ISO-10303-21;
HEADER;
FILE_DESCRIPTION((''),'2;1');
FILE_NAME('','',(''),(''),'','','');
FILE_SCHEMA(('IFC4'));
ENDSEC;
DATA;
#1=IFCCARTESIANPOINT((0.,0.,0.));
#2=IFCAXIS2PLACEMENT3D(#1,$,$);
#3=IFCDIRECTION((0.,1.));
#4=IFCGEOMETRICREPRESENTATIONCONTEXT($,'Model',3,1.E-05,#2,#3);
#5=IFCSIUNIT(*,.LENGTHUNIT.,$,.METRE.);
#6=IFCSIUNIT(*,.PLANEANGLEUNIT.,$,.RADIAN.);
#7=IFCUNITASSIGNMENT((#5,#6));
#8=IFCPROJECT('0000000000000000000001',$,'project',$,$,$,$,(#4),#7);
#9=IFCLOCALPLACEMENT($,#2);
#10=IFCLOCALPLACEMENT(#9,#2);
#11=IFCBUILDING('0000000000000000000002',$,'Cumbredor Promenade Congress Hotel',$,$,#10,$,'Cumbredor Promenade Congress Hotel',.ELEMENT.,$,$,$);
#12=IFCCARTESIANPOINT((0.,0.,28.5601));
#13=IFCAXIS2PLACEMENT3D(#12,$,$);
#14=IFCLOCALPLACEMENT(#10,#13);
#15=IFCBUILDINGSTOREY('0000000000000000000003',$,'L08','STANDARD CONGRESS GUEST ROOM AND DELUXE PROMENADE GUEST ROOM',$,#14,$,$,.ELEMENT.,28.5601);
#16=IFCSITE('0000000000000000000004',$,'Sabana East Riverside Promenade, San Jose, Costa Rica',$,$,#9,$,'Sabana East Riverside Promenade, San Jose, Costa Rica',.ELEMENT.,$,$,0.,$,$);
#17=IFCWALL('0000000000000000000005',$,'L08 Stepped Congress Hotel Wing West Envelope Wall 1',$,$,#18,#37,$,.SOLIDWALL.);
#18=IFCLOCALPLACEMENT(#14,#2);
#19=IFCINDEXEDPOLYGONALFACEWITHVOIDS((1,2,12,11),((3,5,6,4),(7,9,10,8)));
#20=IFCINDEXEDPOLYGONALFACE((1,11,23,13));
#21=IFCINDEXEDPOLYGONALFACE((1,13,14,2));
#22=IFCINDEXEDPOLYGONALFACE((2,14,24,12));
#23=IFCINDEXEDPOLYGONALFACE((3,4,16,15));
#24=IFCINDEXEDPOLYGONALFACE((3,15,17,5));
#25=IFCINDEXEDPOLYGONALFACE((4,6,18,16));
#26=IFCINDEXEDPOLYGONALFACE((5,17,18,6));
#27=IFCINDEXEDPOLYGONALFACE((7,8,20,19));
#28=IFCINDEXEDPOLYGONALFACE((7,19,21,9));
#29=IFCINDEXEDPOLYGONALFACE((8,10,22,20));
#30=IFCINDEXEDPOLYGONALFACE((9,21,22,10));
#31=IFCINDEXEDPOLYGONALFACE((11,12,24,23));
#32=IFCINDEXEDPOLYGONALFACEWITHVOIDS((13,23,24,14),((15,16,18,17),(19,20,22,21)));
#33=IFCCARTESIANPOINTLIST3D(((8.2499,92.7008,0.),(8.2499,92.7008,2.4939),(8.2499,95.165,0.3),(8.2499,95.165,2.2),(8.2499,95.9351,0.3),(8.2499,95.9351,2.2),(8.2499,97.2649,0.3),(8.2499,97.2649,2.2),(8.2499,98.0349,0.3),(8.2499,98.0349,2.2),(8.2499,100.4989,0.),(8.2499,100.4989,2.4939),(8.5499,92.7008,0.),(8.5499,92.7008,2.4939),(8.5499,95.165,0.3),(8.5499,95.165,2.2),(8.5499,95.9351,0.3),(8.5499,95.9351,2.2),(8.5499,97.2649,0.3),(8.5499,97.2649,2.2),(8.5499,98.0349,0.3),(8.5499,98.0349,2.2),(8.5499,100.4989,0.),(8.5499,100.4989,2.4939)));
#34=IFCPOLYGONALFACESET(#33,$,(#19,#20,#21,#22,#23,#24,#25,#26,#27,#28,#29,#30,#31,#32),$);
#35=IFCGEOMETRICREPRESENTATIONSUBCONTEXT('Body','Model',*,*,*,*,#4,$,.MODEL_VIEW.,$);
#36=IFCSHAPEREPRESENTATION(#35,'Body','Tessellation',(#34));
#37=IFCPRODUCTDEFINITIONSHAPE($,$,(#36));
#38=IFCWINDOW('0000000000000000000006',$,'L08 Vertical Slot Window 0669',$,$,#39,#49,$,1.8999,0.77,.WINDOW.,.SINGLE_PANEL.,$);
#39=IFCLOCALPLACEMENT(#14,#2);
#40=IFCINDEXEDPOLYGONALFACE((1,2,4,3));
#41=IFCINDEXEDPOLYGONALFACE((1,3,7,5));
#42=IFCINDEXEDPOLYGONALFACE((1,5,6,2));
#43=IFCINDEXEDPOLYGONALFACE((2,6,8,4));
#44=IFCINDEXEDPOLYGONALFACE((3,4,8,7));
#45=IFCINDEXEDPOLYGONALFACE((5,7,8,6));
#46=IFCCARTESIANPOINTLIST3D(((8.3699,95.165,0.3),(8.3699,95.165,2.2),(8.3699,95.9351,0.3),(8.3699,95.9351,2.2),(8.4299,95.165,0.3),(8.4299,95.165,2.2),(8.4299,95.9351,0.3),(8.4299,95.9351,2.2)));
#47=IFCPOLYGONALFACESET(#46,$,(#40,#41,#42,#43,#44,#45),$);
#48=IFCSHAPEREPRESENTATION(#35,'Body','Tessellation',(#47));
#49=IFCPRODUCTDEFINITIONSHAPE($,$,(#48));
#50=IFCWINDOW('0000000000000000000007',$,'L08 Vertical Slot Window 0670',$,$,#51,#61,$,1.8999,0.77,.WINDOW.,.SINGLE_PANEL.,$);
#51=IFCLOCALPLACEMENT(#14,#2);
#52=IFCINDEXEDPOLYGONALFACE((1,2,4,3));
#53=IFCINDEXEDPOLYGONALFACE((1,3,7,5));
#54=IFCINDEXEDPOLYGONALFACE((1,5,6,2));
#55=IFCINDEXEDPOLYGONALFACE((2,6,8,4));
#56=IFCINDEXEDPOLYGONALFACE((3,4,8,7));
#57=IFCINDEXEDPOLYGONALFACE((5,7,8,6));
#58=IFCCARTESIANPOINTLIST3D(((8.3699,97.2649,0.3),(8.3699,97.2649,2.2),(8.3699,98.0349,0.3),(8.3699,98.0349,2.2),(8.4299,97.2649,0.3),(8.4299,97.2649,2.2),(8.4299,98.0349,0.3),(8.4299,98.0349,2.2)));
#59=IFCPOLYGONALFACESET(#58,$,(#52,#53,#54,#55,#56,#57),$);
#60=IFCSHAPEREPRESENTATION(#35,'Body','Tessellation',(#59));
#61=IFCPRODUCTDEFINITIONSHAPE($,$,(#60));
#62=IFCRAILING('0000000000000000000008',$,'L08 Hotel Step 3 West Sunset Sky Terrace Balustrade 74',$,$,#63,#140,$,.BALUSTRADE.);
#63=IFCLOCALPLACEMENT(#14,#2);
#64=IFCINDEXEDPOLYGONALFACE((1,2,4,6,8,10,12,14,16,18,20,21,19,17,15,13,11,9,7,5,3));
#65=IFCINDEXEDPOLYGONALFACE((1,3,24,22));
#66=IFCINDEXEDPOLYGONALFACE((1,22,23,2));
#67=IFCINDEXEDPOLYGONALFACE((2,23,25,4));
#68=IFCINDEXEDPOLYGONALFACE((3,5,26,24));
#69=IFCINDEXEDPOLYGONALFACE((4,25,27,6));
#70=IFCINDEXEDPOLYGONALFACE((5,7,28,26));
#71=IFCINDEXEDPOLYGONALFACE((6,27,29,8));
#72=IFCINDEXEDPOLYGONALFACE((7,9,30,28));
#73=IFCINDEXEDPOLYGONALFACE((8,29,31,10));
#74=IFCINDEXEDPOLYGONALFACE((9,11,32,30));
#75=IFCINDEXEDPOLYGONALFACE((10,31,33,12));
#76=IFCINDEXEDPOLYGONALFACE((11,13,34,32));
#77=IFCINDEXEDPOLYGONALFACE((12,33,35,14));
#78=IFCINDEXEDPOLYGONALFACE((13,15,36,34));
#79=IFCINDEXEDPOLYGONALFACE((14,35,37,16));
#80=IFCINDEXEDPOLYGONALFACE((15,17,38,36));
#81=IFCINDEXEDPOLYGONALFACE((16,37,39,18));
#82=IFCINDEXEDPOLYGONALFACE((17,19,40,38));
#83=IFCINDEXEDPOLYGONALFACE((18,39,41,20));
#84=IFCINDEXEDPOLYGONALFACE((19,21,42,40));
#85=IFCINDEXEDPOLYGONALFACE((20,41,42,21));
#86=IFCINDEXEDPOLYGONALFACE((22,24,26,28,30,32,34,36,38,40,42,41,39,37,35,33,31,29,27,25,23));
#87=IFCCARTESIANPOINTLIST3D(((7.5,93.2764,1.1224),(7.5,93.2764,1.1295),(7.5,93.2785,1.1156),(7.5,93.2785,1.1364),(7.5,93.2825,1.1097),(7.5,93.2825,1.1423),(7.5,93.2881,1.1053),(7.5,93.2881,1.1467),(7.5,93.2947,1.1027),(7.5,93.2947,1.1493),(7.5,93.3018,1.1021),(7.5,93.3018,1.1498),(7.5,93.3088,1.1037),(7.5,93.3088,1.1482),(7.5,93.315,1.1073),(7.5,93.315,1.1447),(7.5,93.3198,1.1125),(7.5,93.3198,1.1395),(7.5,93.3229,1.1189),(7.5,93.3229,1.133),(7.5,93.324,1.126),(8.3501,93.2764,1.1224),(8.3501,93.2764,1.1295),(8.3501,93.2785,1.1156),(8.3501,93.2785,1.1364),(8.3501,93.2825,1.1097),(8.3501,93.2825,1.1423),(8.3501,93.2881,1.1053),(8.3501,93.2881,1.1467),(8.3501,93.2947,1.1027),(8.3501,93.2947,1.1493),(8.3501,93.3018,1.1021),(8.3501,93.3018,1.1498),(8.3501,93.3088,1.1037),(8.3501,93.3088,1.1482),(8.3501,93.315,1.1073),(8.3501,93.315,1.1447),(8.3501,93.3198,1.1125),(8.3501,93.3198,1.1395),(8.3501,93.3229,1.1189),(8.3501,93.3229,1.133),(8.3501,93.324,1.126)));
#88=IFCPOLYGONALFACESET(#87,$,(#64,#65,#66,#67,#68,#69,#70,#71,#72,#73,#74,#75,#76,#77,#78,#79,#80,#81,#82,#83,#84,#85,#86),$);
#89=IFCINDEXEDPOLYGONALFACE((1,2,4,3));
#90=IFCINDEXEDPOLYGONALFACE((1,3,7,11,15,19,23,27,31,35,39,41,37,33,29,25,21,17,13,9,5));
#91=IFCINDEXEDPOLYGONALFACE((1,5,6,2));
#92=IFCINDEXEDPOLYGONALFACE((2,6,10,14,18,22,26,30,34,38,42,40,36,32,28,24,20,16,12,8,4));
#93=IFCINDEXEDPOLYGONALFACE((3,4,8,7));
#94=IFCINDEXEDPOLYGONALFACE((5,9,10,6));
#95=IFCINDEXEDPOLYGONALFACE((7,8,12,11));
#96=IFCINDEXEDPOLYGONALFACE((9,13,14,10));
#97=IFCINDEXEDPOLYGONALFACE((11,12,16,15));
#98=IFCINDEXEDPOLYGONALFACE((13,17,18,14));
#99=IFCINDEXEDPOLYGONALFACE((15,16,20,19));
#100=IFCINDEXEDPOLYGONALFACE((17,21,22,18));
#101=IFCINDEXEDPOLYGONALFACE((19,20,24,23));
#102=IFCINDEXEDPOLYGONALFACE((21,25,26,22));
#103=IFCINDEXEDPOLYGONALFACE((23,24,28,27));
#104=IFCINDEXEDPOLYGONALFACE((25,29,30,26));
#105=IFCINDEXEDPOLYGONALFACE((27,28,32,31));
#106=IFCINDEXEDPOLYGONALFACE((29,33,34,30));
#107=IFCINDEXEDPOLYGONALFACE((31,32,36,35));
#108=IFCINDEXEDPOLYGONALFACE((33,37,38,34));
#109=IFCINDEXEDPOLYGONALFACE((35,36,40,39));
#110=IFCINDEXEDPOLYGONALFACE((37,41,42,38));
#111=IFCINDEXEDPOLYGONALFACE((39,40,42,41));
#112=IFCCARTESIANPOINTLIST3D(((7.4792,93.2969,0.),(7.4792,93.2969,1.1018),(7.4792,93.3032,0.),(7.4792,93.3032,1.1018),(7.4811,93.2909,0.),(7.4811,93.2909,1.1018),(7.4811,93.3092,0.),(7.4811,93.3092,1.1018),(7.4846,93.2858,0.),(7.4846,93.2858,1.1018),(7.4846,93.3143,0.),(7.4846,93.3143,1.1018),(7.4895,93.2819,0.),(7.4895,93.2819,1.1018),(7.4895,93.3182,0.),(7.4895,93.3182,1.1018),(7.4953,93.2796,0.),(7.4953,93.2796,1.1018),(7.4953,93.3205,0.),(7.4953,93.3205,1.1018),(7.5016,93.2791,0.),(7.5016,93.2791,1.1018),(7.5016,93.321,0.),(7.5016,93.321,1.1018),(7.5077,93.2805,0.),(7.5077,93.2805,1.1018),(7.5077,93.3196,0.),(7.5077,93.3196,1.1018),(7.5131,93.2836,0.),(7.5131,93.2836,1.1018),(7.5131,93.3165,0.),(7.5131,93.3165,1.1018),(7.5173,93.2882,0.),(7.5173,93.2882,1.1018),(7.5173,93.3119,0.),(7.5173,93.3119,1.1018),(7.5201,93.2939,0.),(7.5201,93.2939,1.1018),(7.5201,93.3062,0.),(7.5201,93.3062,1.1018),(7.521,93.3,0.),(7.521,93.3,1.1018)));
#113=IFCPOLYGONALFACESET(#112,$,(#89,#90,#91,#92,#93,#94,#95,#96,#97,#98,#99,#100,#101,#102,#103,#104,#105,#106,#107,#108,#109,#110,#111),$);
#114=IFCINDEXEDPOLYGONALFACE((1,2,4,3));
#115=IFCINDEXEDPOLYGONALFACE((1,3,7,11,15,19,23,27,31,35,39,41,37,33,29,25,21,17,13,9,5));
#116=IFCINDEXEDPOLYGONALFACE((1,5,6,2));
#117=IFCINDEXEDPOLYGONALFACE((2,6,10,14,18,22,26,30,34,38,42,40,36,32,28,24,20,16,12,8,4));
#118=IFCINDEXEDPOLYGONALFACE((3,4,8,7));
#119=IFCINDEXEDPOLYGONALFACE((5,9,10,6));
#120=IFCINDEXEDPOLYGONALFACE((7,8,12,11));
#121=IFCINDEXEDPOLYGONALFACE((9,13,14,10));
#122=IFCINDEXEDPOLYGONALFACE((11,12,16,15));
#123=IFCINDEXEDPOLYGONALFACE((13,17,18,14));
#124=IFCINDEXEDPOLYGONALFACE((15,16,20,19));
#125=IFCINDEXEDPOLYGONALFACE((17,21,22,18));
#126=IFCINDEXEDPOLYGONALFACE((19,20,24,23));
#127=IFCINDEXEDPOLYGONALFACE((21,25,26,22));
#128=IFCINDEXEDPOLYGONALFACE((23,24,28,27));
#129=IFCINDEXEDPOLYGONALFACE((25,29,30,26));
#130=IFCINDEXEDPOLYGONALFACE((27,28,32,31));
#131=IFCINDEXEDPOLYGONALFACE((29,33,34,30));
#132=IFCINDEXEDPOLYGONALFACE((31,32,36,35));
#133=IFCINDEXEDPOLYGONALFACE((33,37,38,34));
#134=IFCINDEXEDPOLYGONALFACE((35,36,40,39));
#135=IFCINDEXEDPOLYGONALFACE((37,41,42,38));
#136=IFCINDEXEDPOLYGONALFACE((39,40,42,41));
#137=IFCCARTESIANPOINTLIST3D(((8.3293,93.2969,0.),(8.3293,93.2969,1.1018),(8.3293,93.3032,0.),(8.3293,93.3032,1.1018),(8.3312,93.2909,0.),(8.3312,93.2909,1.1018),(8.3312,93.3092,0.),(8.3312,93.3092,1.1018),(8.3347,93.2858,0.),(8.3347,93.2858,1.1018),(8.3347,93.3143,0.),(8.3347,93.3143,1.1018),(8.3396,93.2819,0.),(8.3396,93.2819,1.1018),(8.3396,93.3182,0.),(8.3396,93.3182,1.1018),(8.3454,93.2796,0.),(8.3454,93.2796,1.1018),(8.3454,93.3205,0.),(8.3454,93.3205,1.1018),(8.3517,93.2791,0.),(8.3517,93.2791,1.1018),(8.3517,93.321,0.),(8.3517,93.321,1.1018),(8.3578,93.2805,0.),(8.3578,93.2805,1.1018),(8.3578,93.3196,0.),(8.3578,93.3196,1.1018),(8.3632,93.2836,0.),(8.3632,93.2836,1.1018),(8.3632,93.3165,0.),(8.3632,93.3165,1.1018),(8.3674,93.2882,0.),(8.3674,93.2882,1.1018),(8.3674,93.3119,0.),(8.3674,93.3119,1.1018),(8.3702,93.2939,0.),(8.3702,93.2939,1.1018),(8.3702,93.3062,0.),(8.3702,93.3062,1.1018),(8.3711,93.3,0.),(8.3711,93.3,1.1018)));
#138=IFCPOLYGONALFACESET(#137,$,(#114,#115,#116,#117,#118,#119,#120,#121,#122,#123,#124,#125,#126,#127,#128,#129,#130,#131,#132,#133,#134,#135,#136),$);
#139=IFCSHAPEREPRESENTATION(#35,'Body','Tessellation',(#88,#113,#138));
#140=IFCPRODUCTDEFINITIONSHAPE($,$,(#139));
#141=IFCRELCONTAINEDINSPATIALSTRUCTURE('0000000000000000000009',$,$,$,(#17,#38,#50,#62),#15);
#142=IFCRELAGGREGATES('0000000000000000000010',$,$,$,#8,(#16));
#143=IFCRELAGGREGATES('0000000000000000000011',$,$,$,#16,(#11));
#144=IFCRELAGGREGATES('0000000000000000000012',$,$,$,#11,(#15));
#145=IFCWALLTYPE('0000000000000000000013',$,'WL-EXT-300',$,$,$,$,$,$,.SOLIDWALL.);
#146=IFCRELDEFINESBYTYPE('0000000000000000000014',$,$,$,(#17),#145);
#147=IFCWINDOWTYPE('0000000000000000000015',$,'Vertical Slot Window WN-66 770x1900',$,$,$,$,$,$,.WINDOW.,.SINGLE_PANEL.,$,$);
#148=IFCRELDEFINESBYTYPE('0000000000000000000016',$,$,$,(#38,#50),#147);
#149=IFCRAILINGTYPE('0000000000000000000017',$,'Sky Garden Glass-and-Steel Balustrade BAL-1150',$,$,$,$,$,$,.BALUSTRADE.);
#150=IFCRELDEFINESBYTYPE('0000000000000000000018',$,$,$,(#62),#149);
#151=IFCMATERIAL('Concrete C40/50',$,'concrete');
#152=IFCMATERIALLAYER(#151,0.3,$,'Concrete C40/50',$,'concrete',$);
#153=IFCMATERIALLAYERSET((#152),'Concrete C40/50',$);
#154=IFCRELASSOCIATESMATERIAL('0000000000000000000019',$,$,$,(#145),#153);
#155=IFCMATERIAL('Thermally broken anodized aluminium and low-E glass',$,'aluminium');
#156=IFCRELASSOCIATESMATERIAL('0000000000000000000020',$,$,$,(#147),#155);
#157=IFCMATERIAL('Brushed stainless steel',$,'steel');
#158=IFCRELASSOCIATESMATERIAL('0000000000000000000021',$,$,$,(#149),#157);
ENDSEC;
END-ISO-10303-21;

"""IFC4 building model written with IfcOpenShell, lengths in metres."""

from ifc_helpers import new_model, si_unit, direction, frame, frame_2d, origin, origin_2d, place, context, subcontext, project, spatial, rectangle, circle, extrude, material, layer, layer_set, type_object, element, fill, save


model = new_model("IFC4")

# Units and contexts
model_context = context("Model", 3, precision=1e-05, world=origin(), true_north=direction((0.0, 1.0)))
body_context = subcontext(model_context, "Body", "Model", "MODEL_VIEW")
ifc_project = project(units=[si_unit("LENGTHUNIT", "METRE"), si_unit("PLANEANGLEUNIT", "RADIAN")], contexts=[model_context])

# Site, building, storey
site_placement = place(None, origin())
site = spatial("IfcSite", under=ifc_project, at=site_placement, Name="Sabana East Riverside Promenade, San Jose, Costa Rica", LongName="Sabana East Riverside Promenade, San Jose, Costa Rica", CompositionType="ELEMENT", RefElevation=0.0)
building_placement = place(site_placement, origin())
building = spatial("IfcBuilding", under=site, at=building_placement, Name="Cumbredor Promenade Congress Hotel", LongName="Cumbredor Promenade Congress Hotel", CompositionType="ELEMENT")
storey_placement = place(building_placement, frame((0.0, 0.0, 28.5601)))
storey = spatial("IfcBuildingStorey", under=building, at=storey_placement, Name="L08", Description="STANDARD CONGRESS GUEST ROOM AND DELUXE PROMENADE GUEST ROOM", CompositionType="ELEMENT", Elevation=28.5601)

# Shared definitions
ifc_material_1 = material(Name="Thermally broken anodized aluminium and low-E glass", Category="aluminium")

# Wall, openings, windows
ifc_material_2 = material(Name="Concrete C40/50", Category="concrete")
ifc_layer_1 = layer(ifc_material_2, 0.3, Name="Concrete C40/50", Category="concrete")
ifc_layer_set_1 = layer_set([ifc_layer_1], Name="Concrete C40/50")
wall_type_1 = type_object("IfcWallType", Name="WL-EXT-300", PredefinedType="SOLIDWALL", material=ifc_layer_set_1)
wall_1_placement = place(storey_placement, frame((8.3999, 92.7009, 0.0), z_axis=(0.0, 0.0, 1.0), x_axis=(0.0, 1.0, 0.0)))
wall_1 = element("IfcWall", 1, at=wall_1_placement, inside=storey, type_object=wall_type_1, Name="L08 Stepped Congress Hotel Wing West Envelope Wall 1", PredefinedType="SOLIDWALL", context=body_context, shape_type="SweptSolid", body=[
    extrude(rectangle(XDim=7.7981, YDim=0.3, at=frame_2d((3.8989, 0.0))), origin(), (0.0, 0.0, 1.0), 2.4939),
])
opening_1_placement = place(wall_1_placement, frame((2.4641, 0.0, 0.3)))
opening_1 = element("IfcOpeningElement", 2, at=opening_1_placement, cuts=wall_1, PredefinedType="OPENING", context=body_context, shape_type="SweptSolid", body=[
    extrude(rectangle(XDim=0.77, YDim=1.8999, at=frame_2d((0.385, 0.95))), frame((0.0, 0.1602, 0.0), z_axis=(0.0, -1.0, 0.0), x_axis=(1.0, 0.0, 0.0)), (0.0, 0.0, 1.0), 0.3201),
])
opening_2_placement = place(wall_1_placement, frame((4.564, 0.0, 0.3)))
opening_2 = element("IfcOpeningElement", 3, at=opening_2_placement, cuts=wall_1, PredefinedType="OPENING", context=body_context, shape_type="SweptSolid", body=[
    extrude(rectangle(XDim=0.77, YDim=1.8999, at=frame_2d((0.385, 0.95))), frame((0.0, 0.1602, 0.0), z_axis=(0.0, -1.0, 0.0), x_axis=(1.0, 0.0, 0.0)), (0.0, 0.0, 1.0), 0.3201),
])
window_type = type_object("IfcWindowType", Name="Vertical Slot Window WN-66 770x1900", PartitioningType="SINGLE_PANEL", PredefinedType="WINDOW", material=ifc_material_1)
window_1_placement = place(opening_1_placement, origin())
window_1 = element("IfcWindow", 4, at=window_1_placement, inside=storey, type_object=window_type, Name="L08 Vertical Slot Window 0669", OverallHeight=1.8999, OverallWidth=0.77, PartitioningType="SINGLE_PANEL", PredefinedType="WINDOW", context=body_context, shape_type="SweptSolid", body=[
    extrude(rectangle(XDim=0.77, YDim=1.8999, at=frame_2d((0.385, 0.95))), frame((0.0, 0.03, 0.0), z_axis=(0.0, -1.0, 0.0), x_axis=(1.0, 0.0, 0.0)), (0.0, 0.0, 1.0), 0.0601),
])
fill(opening_1, window_1)
window_2_placement = place(opening_2_placement, origin())
window_2 = element("IfcWindow", 5, at=window_2_placement, inside=storey, type_object=window_type, Name="L08 Vertical Slot Window 0670", OverallHeight=1.8999, OverallWidth=0.77, PartitioningType="SINGLE_PANEL", PredefinedType="WINDOW", context=body_context, shape_type="SweptSolid", body=[
    extrude(rectangle(XDim=0.77, YDim=1.8999, at=frame_2d((0.385, 0.95))), frame((0.0, 0.03, 0.0), z_axis=(0.0, -1.0, 0.0), x_axis=(1.0, 0.0, 0.0)), (0.0, 0.0, 1.0), 0.0601),
])
fill(opening_2, window_2)

# Railing
ifc_material_3 = material(Name="Brushed stainless steel", Category="steel")
railing_type = type_object("IfcRailingType", Name="Sky Garden Glass-and-Steel Balustrade BAL-1150", PredefinedType="BALUSTRADE", material=ifc_material_3)
railing_placement = place(storey_placement, frame((7.5, 93.3, 0.0)))
element("IfcRailing", 6, at=railing_placement, inside=storey, type_object=railing_type, Name="L08 Hotel Step 3 West Sunset Sky Terrace Balustrade 74", PredefinedType="BALUSTRADE", context=body_context, shape_type="SweptSolid", body=[
    extrude(circle(Radius=0.0239, at=origin_2d()), frame((0.0, 0.0, 1.126), z_axis=(1.0, 0.0, 0.0), x_axis=(0.0, 1.0, 0.0)), (0.0, 0.0, 1.0), 0.8501),
    extrude(circle(Radius=0.021, at=origin_2d()), origin(), (0.0, 0.0, 1.0), 1.1018),
    extrude(circle(Radius=0.021, at=origin_2d()), frame((0.8501, 0.0, 0.0)), (0.0, 0.0, 1.0), 1.1018),
])

save(model, "model.ifc")
